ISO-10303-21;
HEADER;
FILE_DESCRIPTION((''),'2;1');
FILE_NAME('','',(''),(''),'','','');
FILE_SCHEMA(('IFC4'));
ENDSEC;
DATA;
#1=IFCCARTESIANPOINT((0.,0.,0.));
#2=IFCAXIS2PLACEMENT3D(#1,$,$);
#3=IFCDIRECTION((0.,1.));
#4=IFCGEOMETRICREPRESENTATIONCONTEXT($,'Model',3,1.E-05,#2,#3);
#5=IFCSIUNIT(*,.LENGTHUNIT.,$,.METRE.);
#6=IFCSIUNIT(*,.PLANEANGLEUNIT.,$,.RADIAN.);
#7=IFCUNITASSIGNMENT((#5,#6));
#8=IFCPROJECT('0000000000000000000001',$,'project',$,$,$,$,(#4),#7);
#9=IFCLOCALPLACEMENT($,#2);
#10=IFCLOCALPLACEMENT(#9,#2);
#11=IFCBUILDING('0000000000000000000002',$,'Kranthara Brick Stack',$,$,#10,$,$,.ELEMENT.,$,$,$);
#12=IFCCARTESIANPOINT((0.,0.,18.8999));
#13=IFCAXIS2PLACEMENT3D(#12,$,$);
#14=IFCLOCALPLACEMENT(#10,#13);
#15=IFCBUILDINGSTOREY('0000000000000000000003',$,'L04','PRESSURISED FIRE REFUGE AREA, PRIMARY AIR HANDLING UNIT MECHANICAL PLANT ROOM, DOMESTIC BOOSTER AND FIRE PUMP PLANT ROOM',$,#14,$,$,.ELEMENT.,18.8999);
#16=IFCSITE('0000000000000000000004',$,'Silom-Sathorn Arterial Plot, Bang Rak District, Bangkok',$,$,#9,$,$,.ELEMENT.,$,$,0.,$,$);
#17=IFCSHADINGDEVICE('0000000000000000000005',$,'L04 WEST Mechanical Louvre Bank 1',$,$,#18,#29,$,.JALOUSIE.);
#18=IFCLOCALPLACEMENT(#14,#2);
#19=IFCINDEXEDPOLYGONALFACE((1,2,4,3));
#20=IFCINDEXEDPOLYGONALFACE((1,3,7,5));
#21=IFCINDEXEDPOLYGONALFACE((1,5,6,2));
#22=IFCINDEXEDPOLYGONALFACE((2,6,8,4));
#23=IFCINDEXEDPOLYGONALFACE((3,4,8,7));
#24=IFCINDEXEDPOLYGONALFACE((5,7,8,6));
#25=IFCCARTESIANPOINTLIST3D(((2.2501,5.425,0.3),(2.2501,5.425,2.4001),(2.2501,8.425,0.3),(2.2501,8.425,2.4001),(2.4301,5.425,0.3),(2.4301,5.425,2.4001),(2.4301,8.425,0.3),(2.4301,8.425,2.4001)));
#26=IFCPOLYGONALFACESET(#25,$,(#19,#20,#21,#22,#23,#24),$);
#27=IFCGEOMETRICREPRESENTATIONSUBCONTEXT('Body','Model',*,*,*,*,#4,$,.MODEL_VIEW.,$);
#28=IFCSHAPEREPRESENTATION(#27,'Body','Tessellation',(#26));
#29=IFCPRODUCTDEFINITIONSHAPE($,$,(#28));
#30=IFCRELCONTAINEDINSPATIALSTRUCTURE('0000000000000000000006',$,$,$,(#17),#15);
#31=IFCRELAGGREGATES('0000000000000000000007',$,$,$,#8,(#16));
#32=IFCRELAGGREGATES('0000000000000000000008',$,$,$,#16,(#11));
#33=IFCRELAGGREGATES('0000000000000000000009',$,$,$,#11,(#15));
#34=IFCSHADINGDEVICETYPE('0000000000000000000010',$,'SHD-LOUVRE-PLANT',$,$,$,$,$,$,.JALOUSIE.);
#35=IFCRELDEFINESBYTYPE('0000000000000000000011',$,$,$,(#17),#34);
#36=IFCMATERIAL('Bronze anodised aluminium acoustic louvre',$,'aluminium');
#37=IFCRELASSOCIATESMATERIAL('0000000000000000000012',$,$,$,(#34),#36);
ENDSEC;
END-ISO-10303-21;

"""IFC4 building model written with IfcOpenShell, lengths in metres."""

from ifc_helpers import new_model, si_unit, direction, frame, origin, origin_2d, place, context, subcontext, project, spatial, rectangle, extrude, material, type_object, element, save


model = new_model("IFC4")

# Units and contexts
model_context = context("Model", 3, precision=1e-05, world=origin(), true_north=direction((0.0, 1.0)))
body_context = subcontext(model_context, "Body", "Model", "MODEL_VIEW")
ifc_project = project(units=[si_unit("LENGTHUNIT", "METRE"), si_unit("PLANEANGLEUNIT", "RADIAN")], contexts=[model_context])

# Site, building, storey
site_placement = place(None, origin())
site = spatial("IfcSite", under=ifc_project, at=site_placement, Name="Silom-Sathorn Arterial Plot, Bang Rak District, Bangkok", CompositionType="ELEMENT", RefElevation=0.0)
building_placement = place(site_placement, origin())
building = spatial("IfcBuilding", under=site, at=building_placement, Name="Kranthara Brick Stack", CompositionType="ELEMENT")
storey_placement = place(building_placement, frame((0.0, 0.0, 18.8999)))
storey = spatial("IfcBuildingStorey", under=building, at=storey_placement, Name="L04", Description="PRESSURISED FIRE REFUGE AREA, PRIMARY AIR HANDLING UNIT MECHANICAL PLANT ROOM, DOMESTIC BOOSTER AND FIRE PUMP PLANT ROOM", CompositionType="ELEMENT", Elevation=18.8999)

# Shading device
ifc_material_1 = material(Name="Bronze anodised aluminium acoustic louvre", Category="aluminium")
shading_device_type = type_object("IfcShadingDeviceType", Name="SHD-LOUVRE-PLANT", PredefinedType="JALOUSIE", material=ifc_material_1)
shading_device_placement = place(storey_placement, frame((2.3401, 6.925, 0.3), z_axis=(0.0, 0.0, 1.0), x_axis=(0.0, 1.0, 0.0)))
element("IfcShadingDevice", 1, at=shading_device_placement, inside=storey, type_object=shading_device_type, Name="L04 WEST Mechanical Louvre Bank 1", PredefinedType="JALOUSIE", context=body_context, shape_type="SweptSolid", body=[
    extrude(rectangle(XDim=3.0, YDim=0.1799, at=origin_2d()), origin(), (0.0, 0.0, 1.0), 2.1001),
])

save(model, "model.ifc")
